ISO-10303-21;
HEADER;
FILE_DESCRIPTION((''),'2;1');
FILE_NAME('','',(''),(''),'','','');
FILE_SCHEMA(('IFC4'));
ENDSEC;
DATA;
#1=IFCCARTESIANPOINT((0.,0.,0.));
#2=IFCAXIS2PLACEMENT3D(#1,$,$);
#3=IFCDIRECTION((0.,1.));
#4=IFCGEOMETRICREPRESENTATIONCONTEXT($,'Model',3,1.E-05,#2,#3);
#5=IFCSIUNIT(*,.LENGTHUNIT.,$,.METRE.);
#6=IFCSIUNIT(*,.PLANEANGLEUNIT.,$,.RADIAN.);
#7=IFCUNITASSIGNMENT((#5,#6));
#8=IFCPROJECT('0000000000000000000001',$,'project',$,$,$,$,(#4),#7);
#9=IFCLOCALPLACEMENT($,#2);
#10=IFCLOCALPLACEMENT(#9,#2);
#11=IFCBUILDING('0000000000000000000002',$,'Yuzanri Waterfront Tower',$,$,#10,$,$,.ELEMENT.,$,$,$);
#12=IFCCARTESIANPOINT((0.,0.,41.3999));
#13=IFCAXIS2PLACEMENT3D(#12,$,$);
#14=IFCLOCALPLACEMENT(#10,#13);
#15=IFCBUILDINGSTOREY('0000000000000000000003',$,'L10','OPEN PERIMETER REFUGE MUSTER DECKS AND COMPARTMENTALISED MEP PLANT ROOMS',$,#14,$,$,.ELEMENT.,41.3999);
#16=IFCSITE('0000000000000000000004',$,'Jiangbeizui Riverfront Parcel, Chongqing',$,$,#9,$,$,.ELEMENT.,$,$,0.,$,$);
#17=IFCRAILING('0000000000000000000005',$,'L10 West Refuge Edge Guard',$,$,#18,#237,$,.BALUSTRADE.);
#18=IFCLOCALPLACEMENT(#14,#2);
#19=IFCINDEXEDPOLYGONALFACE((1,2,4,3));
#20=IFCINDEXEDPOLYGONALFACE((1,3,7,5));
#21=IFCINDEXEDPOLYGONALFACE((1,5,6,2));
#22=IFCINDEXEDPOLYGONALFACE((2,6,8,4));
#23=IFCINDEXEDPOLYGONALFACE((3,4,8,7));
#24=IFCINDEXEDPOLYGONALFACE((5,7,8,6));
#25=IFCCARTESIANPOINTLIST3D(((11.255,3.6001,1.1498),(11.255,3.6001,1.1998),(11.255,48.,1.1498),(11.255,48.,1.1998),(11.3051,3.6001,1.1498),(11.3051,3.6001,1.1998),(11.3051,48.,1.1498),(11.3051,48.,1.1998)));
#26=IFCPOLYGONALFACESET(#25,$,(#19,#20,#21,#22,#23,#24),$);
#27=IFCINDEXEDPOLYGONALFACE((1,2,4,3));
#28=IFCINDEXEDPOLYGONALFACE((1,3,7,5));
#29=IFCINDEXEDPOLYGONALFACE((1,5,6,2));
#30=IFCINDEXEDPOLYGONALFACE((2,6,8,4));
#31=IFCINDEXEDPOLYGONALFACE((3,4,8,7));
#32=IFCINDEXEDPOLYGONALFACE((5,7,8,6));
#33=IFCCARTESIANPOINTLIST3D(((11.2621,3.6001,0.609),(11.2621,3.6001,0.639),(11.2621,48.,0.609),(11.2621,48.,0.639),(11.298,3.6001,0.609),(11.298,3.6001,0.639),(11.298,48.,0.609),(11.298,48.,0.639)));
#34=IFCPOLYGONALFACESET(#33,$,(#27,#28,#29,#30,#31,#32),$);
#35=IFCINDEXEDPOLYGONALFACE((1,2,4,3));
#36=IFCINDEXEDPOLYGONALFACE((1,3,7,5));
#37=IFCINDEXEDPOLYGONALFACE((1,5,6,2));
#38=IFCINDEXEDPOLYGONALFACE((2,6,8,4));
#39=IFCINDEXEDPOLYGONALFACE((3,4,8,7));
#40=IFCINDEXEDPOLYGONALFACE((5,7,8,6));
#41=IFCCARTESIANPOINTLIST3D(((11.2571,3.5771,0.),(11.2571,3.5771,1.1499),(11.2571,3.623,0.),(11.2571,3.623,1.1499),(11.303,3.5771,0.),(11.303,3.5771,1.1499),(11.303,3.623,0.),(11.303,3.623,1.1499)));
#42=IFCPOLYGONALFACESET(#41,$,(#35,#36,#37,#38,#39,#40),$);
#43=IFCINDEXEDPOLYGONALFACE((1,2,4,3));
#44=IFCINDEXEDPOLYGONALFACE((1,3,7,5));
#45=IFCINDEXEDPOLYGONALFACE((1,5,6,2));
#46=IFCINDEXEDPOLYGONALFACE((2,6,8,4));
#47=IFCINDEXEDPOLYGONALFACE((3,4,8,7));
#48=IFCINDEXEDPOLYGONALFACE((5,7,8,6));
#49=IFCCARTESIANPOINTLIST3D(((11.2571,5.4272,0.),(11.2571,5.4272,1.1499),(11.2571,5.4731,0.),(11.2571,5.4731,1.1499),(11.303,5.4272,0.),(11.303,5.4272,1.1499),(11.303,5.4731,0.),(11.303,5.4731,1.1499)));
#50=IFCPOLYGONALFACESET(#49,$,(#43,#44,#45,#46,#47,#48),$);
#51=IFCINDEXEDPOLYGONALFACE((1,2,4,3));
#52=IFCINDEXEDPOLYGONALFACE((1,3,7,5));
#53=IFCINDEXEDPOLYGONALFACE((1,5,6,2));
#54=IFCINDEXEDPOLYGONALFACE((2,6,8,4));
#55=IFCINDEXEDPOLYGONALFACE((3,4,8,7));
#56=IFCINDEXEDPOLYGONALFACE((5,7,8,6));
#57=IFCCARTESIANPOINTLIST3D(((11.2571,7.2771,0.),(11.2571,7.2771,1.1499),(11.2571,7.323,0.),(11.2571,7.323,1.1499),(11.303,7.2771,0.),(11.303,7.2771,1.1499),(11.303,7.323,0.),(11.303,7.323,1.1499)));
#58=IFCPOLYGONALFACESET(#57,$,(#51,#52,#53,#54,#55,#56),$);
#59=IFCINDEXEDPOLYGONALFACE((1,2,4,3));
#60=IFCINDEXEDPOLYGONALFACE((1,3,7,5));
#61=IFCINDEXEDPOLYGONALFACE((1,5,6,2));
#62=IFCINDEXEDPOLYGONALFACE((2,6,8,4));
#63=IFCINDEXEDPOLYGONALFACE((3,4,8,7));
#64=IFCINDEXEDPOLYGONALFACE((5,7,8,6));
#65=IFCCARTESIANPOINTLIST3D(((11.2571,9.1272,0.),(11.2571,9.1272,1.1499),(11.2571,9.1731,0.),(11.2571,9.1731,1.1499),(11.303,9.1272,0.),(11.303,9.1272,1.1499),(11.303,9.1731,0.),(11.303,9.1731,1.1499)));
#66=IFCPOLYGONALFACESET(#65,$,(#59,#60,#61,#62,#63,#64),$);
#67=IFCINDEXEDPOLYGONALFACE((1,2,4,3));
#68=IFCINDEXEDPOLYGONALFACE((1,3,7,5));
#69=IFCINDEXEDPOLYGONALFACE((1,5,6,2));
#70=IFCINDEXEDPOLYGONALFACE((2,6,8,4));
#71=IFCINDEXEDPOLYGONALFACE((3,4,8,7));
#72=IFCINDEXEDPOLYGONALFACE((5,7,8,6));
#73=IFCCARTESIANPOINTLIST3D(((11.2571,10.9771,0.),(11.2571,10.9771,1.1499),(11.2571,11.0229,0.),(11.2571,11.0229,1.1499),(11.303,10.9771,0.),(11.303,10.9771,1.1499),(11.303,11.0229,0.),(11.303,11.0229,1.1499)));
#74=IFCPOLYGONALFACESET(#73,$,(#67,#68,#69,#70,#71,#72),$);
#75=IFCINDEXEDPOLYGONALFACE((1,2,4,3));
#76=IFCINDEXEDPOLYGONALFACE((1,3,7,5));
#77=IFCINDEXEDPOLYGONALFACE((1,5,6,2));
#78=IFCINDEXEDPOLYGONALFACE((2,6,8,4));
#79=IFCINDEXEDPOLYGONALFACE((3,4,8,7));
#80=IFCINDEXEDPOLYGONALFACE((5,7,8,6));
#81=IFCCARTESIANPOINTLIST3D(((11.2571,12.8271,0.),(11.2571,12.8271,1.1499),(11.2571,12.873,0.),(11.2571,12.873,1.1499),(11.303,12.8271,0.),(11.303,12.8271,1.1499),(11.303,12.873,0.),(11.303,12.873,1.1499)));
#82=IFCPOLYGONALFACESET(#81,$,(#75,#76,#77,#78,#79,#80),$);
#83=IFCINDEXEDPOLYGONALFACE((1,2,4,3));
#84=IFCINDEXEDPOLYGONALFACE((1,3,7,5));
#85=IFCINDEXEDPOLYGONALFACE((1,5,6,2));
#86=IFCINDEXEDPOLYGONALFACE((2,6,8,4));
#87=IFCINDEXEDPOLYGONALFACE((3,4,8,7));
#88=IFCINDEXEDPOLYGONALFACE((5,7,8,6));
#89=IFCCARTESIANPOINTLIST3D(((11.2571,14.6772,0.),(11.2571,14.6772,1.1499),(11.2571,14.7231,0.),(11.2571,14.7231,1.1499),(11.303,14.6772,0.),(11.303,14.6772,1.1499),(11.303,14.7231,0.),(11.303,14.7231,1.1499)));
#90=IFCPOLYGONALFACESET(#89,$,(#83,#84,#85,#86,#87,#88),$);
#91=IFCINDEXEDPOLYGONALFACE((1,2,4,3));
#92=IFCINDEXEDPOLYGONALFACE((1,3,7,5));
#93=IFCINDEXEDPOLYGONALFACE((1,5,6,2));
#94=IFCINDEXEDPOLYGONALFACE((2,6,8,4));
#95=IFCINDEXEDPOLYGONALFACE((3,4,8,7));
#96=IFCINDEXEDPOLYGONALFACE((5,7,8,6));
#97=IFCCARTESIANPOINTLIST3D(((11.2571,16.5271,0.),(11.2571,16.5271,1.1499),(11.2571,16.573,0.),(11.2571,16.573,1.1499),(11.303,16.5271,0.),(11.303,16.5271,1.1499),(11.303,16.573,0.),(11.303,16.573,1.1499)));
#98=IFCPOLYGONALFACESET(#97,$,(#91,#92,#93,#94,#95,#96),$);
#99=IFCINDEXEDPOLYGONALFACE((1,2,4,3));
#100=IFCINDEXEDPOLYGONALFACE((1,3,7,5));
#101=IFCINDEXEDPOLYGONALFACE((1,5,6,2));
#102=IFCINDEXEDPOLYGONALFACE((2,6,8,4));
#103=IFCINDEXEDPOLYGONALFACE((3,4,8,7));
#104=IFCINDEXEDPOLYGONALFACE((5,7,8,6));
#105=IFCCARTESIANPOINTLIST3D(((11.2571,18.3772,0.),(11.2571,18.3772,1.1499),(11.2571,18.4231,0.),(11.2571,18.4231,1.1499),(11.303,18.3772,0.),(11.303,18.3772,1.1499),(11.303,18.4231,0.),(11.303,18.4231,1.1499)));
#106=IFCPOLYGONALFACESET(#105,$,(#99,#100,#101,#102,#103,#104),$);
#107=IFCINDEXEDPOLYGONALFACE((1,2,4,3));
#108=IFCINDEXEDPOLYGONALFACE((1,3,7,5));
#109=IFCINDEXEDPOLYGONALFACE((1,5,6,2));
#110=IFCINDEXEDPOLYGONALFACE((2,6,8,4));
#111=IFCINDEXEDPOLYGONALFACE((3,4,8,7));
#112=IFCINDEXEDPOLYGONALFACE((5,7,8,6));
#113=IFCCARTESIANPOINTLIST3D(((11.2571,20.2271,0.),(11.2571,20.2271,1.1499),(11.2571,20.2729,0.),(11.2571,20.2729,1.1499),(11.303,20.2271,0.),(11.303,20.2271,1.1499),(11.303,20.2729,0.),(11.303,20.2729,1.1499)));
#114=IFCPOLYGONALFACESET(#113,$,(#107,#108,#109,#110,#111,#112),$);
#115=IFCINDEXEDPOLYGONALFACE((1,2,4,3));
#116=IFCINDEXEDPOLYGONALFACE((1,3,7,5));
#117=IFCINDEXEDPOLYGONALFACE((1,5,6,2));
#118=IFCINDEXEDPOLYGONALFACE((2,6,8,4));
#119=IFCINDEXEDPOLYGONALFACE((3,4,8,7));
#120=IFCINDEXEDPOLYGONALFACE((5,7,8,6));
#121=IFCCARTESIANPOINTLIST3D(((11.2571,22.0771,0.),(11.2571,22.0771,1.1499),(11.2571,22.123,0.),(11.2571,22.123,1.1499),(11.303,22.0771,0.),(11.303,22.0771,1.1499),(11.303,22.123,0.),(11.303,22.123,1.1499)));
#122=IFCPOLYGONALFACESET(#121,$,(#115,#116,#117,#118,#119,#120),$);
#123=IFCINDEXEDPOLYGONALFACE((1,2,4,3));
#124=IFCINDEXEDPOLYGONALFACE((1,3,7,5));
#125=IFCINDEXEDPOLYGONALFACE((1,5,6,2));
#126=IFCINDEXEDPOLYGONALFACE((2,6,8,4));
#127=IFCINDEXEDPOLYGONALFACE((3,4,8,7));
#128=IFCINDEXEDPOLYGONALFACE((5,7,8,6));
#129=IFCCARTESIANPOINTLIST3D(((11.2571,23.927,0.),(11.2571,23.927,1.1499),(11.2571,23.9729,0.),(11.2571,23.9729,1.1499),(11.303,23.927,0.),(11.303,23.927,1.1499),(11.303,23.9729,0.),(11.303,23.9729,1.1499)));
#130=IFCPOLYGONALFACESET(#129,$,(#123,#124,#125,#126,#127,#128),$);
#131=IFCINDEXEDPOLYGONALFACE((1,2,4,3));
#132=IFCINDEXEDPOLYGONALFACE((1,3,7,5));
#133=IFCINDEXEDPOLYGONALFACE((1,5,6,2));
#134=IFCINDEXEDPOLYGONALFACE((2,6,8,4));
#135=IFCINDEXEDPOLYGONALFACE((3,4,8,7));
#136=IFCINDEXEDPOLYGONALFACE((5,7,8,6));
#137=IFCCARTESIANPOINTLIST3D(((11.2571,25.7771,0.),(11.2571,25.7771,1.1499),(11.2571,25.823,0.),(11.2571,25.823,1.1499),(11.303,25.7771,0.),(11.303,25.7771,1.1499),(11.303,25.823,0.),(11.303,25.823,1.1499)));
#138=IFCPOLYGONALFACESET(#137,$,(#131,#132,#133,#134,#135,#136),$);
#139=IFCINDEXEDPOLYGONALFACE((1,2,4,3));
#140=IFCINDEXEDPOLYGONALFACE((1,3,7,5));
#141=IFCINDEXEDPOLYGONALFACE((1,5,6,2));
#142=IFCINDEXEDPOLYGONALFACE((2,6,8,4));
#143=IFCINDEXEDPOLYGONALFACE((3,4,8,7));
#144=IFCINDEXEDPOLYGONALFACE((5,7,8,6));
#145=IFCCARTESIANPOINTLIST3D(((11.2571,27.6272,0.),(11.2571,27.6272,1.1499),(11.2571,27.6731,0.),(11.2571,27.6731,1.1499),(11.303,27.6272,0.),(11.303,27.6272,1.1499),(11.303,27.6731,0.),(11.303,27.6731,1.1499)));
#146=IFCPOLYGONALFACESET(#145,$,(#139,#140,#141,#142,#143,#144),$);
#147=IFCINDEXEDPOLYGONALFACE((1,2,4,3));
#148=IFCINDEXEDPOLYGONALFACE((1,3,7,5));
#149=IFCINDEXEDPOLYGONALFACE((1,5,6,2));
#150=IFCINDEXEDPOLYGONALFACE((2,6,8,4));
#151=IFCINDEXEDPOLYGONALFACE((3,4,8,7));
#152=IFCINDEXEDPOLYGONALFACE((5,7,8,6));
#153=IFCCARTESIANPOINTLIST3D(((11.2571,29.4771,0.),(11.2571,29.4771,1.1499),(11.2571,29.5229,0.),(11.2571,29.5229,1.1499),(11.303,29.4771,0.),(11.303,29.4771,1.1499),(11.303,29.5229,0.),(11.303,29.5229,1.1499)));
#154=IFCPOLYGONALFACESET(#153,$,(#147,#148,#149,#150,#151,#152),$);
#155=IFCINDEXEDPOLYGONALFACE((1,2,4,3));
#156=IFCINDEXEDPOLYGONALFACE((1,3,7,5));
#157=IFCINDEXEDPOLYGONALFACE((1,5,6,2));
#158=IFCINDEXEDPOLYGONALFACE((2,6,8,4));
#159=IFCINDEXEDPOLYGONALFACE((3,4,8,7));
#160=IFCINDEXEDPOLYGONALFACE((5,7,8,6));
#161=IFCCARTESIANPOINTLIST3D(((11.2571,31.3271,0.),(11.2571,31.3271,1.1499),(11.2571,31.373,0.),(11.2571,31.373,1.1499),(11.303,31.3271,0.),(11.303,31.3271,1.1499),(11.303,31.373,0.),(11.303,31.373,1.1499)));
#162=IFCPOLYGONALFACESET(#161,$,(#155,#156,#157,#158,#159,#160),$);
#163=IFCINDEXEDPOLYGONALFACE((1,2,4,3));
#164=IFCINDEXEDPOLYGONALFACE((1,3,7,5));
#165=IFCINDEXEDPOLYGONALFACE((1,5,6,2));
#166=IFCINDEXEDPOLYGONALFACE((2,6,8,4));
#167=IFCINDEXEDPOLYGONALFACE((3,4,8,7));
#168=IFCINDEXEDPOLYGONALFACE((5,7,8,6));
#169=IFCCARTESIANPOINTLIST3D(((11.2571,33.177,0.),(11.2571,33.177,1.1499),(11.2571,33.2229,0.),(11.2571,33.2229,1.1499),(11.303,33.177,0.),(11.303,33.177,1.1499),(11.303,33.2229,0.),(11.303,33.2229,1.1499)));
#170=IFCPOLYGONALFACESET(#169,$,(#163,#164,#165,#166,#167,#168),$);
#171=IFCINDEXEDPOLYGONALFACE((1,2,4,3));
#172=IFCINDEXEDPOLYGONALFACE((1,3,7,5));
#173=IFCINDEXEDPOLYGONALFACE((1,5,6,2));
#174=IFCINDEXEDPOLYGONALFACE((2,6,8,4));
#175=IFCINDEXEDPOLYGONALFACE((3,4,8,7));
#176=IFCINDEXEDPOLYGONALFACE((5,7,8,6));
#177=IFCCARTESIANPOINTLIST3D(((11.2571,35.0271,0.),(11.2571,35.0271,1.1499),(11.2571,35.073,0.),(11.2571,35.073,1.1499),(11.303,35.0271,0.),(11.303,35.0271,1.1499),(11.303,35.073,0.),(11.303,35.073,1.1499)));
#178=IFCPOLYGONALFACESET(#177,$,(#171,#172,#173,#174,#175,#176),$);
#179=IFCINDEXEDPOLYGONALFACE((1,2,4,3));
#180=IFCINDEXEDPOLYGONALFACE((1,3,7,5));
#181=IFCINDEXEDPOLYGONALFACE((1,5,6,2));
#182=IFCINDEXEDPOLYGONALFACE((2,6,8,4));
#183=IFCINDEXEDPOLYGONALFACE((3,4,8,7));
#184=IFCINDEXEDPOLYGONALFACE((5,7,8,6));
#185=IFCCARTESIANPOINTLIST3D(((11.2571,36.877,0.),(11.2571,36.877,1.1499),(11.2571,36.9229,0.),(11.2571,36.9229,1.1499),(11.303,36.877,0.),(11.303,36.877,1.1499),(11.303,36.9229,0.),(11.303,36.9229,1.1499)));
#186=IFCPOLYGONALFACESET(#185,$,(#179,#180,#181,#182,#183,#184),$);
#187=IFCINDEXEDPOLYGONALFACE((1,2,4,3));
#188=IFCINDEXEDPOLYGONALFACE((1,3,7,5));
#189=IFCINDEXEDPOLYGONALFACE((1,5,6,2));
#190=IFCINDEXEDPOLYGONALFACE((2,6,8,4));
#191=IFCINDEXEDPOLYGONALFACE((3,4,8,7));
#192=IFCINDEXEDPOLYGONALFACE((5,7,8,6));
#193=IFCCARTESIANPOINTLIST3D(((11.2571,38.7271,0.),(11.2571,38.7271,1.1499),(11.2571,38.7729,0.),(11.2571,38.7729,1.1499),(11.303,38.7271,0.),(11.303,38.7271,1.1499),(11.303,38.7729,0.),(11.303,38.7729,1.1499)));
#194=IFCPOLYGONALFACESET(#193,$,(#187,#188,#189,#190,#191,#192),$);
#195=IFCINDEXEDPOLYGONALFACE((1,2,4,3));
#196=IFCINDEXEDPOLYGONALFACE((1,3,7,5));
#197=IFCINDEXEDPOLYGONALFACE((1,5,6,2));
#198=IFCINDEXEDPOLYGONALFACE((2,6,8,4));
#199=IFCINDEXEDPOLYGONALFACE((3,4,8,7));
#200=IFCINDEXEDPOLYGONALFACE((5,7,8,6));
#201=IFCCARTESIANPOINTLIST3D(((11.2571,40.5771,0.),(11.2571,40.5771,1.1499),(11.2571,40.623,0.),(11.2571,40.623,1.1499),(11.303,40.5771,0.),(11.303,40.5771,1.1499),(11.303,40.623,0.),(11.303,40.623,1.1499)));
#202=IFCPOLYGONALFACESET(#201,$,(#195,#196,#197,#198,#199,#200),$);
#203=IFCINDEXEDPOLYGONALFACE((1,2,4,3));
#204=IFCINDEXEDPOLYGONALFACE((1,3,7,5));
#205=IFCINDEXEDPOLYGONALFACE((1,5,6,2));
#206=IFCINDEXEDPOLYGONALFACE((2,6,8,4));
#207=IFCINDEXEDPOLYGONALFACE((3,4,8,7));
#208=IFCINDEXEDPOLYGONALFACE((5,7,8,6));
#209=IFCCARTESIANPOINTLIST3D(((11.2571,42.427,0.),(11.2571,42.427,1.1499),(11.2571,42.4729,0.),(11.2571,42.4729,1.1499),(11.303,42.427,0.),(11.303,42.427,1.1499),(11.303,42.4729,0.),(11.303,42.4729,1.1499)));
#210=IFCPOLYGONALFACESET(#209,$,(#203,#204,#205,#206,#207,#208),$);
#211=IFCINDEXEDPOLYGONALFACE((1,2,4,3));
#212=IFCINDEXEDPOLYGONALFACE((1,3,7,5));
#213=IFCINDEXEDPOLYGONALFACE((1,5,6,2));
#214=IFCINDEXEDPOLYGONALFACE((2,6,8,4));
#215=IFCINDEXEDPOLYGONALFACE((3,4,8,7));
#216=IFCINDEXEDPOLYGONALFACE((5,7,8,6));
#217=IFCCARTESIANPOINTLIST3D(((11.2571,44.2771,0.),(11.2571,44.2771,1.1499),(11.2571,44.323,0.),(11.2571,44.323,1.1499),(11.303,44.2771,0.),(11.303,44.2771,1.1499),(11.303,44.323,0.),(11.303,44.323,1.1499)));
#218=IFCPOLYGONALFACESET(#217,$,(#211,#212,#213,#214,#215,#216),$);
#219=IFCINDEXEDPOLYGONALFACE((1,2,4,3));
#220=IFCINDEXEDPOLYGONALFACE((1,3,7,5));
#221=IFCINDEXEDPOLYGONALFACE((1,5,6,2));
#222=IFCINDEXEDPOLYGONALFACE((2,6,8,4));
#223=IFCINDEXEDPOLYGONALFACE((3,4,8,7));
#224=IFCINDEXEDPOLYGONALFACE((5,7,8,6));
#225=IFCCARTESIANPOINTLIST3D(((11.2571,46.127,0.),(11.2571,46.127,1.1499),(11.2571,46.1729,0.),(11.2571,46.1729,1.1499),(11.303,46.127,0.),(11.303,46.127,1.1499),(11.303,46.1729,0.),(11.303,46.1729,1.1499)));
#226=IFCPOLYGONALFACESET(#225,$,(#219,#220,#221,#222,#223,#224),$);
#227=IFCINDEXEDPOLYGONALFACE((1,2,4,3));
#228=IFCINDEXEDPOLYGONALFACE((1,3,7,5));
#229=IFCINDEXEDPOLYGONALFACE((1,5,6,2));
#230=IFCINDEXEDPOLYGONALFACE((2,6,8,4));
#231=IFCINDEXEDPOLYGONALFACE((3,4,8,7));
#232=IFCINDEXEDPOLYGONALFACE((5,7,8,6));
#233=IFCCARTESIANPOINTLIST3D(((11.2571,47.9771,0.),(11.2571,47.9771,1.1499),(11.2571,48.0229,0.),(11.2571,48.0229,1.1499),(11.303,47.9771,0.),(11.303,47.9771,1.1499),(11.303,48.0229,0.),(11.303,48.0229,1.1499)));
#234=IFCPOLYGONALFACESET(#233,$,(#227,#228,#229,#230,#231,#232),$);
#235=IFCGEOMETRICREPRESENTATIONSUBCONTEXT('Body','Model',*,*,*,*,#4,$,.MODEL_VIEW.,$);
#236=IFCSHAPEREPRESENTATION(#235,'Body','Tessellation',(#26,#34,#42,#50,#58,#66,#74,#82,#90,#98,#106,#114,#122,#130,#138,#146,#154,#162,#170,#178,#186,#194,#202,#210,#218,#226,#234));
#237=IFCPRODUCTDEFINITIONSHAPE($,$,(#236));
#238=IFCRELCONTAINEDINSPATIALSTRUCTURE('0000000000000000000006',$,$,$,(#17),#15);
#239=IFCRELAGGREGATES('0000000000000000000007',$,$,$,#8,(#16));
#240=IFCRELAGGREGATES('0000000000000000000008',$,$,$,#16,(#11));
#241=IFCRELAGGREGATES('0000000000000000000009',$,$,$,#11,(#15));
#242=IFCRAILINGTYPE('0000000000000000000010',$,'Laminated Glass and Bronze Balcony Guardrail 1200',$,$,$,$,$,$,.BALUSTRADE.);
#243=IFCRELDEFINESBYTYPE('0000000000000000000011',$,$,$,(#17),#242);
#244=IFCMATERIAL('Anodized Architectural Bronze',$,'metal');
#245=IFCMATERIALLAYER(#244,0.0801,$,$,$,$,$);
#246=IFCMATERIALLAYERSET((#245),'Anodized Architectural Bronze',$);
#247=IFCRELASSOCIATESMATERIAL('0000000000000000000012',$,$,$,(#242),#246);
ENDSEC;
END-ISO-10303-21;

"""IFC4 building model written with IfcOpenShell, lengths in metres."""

from ifc_helpers import new_model, si_unit, direction, frame, origin, origin_2d, place, context, subcontext, project, spatial, rectangle, extrude, source, transform, mapped, material, layer, layer_set, type_object, element, save


model = new_model("IFC4")

# Units and contexts
model_context = context("Model", 3, precision=1e-05, world=origin(), true_north=direction((0.0, 1.0)))
body_context = subcontext(model_context, "Body", "Model", "MODEL_VIEW")
ifc_project = project(units=[si_unit("LENGTHUNIT", "METRE"), si_unit("PLANEANGLEUNIT", "RADIAN")], contexts=[model_context])

# Site, building, storey
site_placement = place(None, origin())
site = spatial("IfcSite", under=ifc_project, at=site_placement, Name="Jiangbeizui Riverfront Parcel, Chongqing", CompositionType="ELEMENT", RefElevation=0.0)
building_placement = place(site_placement, origin())
building = spatial("IfcBuilding", under=site, at=building_placement, Name="Yuzanri Waterfront Tower", CompositionType="ELEMENT")
storey_placement = place(building_placement, frame((0.0, 0.0, 41.3999)))
storey = spatial("IfcBuildingStorey", under=building, at=storey_placement, Name="L10", Description="OPEN PERIMETER REFUGE MUSTER DECKS AND COMPARTMENTALISED MEP PLANT ROOMS", CompositionType="ELEMENT", Elevation=41.3999)

# Railing
ifc_material_1 = material(Name="Anodized Architectural Bronze", Category="metal")
ifc_layer_1 = layer(ifc_material_1, 0.0801)
ifc_layer_set_1 = layer_set([ifc_layer_1], Name="Anodized Architectural Bronze")
railing_type = type_object("IfcRailingType", Name="Laminated Glass and Bronze Balcony Guardrail 1200", PredefinedType="BALUSTRADE", material=ifc_layer_set_1)
shared_shape_1 = source(origin(), body_context, "Body", "SweptSolid", [
    extrude(rectangle(XDim=0.05, YDim=0.05, at=origin_2d()), frame((0.0, 0.0, 1.1748), z_axis=(0.0, 1.0, 0.0), x_axis=(-1.0, 0.0, 0.0)), (0.0, 0.0, 1.0), 44.3999),
    extrude(rectangle(XDim=0.0359, YDim=0.03, at=origin_2d()), frame((0.0, 0.0, 0.624), z_axis=(0.0, 1.0, 0.0), x_axis=(-1.0, 0.0, 0.0)), (0.0, 0.0, 1.0), 44.3999),
    extrude(rectangle(XDim=0.0459, YDim=0.0459, at=origin_2d()), origin(), (0.0, 0.0, 1.0), 1.1499),
    extrude(rectangle(XDim=0.0459, YDim=0.0459, at=origin_2d()), frame((0.0, 1.8501, 0.0)), (0.0, 0.0, 1.0), 1.1499),
    extrude(rectangle(XDim=0.0459, YDim=0.0459, at=origin_2d()), frame((0.0, 3.7, 0.0)), (0.0, 0.0, 1.0), 1.1499),
    extrude(rectangle(XDim=0.0459, YDim=0.0459, at=origin_2d()), frame((0.0, 5.55, 0.0)), (0.0, 0.0, 1.0), 1.1499),
    extrude(rectangle(XDim=0.0459, YDim=0.0459, at=origin_2d()), frame((0.0, 7.3999, 0.0)), (0.0, 0.0, 1.0), 1.1499),
    extrude(rectangle(XDim=0.0459, YDim=0.0459, at=origin_2d()), frame((0.0, 9.25, 0.0)), (0.0, 0.0, 1.0), 1.1499),
    extrude(rectangle(XDim=0.0459, YDim=0.0459, at=origin_2d()), frame((0.0, 11.1001, 0.0)), (0.0, 0.0, 1.0), 1.1499),
    extrude(rectangle(XDim=0.0459, YDim=0.0459, at=origin_2d()), frame((0.0, 12.95, 0.0)), (0.0, 0.0, 1.0), 1.1499),
    extrude(rectangle(XDim=0.0459, YDim=0.0459, at=origin_2d()), frame((0.0, 14.8, 0.0)), (0.0, 0.0, 1.0), 1.1499),
    extrude(rectangle(XDim=0.0459, YDim=0.0459, at=origin_2d()), frame((0.0, 16.6499, 0.0)), (0.0, 0.0, 1.0), 1.1499),
    extrude(rectangle(XDim=0.0459, YDim=0.0459, at=origin_2d()), frame((0.0, 18.5, 0.0)), (0.0, 0.0, 1.0), 1.1499),
    extrude(rectangle(XDim=0.0459, YDim=0.0459, at=origin_2d()), frame((0.0, 20.3499, 0.0)), (0.0, 0.0, 1.0), 1.1499),
    extrude(rectangle(XDim=0.0459, YDim=0.0459, at=origin_2d()), frame((0.0, 22.2, 0.0)), (0.0, 0.0, 1.0), 1.1499),
    extrude(rectangle(XDim=0.0459, YDim=0.0459, at=origin_2d()), frame((0.0, 24.05, 0.0)), (0.0, 0.0, 1.0), 1.1499),
    extrude(rectangle(XDim=0.0459, YDim=0.0459, at=origin_2d()), frame((0.0, 25.8999, 0.0)), (0.0, 0.0, 1.0), 1.1499),
    extrude(rectangle(XDim=0.0459, YDim=0.0459, at=origin_2d()), frame((0.0, 27.75, 0.0)), (0.0, 0.0, 1.0), 1.1499),
    extrude(rectangle(XDim=0.0459, YDim=0.0459, at=origin_2d()), frame((0.0, 29.5999, 0.0)), (0.0, 0.0, 1.0), 1.1499),
    extrude(rectangle(XDim=0.0459, YDim=0.0459, at=origin_2d()), frame((0.0, 31.45, 0.0)), (0.0, 0.0, 1.0), 1.1499),
    extrude(rectangle(XDim=0.0459, YDim=0.0459, at=origin_2d()), frame((0.0, 33.2998, 0.0)), (0.0, 0.0, 1.0), 1.1499),
    extrude(rectangle(XDim=0.0459, YDim=0.0459, at=origin_2d()), frame((0.0, 35.1499, 0.0)), (0.0, 0.0, 1.0), 1.1499),
    extrude(rectangle(XDim=0.0459, YDim=0.0459, at=origin_2d()), frame((0.0, 37.0, 0.0)), (0.0, 0.0, 1.0), 1.1499),
    extrude(rectangle(XDim=0.0459, YDim=0.0459, at=origin_2d()), frame((0.0, 38.8499, 0.0)), (0.0, 0.0, 1.0), 1.1499),
    extrude(rectangle(XDim=0.0459, YDim=0.0459, at=origin_2d()), frame((0.0, 40.7, 0.0)), (0.0, 0.0, 1.0), 1.1499),
    extrude(rectangle(XDim=0.0459, YDim=0.0459, at=origin_2d()), frame((0.0, 42.5498, 0.0)), (0.0, 0.0, 1.0), 1.1499),
    extrude(rectangle(XDim=0.0459, YDim=0.0459, at=origin_2d()), frame((0.0, 44.3999, 0.0)), (0.0, 0.0, 1.0), 1.1499),
])
railing_1_placement = place(storey_placement, frame((11.28, 3.6001, 0.0)))
element("IfcRailing", 1, at=railing_1_placement, inside=storey, type_object=railing_type, Name="L10 West Refuge Edge Guard", PredefinedType="BALUSTRADE", context=body_context, shape_type="MappedRepresentation", body=[
    mapped(shared_shape_1, transform((0.0, 0.0, 0.0), scale=1.0)),
])

save(model, "model.ifc")
